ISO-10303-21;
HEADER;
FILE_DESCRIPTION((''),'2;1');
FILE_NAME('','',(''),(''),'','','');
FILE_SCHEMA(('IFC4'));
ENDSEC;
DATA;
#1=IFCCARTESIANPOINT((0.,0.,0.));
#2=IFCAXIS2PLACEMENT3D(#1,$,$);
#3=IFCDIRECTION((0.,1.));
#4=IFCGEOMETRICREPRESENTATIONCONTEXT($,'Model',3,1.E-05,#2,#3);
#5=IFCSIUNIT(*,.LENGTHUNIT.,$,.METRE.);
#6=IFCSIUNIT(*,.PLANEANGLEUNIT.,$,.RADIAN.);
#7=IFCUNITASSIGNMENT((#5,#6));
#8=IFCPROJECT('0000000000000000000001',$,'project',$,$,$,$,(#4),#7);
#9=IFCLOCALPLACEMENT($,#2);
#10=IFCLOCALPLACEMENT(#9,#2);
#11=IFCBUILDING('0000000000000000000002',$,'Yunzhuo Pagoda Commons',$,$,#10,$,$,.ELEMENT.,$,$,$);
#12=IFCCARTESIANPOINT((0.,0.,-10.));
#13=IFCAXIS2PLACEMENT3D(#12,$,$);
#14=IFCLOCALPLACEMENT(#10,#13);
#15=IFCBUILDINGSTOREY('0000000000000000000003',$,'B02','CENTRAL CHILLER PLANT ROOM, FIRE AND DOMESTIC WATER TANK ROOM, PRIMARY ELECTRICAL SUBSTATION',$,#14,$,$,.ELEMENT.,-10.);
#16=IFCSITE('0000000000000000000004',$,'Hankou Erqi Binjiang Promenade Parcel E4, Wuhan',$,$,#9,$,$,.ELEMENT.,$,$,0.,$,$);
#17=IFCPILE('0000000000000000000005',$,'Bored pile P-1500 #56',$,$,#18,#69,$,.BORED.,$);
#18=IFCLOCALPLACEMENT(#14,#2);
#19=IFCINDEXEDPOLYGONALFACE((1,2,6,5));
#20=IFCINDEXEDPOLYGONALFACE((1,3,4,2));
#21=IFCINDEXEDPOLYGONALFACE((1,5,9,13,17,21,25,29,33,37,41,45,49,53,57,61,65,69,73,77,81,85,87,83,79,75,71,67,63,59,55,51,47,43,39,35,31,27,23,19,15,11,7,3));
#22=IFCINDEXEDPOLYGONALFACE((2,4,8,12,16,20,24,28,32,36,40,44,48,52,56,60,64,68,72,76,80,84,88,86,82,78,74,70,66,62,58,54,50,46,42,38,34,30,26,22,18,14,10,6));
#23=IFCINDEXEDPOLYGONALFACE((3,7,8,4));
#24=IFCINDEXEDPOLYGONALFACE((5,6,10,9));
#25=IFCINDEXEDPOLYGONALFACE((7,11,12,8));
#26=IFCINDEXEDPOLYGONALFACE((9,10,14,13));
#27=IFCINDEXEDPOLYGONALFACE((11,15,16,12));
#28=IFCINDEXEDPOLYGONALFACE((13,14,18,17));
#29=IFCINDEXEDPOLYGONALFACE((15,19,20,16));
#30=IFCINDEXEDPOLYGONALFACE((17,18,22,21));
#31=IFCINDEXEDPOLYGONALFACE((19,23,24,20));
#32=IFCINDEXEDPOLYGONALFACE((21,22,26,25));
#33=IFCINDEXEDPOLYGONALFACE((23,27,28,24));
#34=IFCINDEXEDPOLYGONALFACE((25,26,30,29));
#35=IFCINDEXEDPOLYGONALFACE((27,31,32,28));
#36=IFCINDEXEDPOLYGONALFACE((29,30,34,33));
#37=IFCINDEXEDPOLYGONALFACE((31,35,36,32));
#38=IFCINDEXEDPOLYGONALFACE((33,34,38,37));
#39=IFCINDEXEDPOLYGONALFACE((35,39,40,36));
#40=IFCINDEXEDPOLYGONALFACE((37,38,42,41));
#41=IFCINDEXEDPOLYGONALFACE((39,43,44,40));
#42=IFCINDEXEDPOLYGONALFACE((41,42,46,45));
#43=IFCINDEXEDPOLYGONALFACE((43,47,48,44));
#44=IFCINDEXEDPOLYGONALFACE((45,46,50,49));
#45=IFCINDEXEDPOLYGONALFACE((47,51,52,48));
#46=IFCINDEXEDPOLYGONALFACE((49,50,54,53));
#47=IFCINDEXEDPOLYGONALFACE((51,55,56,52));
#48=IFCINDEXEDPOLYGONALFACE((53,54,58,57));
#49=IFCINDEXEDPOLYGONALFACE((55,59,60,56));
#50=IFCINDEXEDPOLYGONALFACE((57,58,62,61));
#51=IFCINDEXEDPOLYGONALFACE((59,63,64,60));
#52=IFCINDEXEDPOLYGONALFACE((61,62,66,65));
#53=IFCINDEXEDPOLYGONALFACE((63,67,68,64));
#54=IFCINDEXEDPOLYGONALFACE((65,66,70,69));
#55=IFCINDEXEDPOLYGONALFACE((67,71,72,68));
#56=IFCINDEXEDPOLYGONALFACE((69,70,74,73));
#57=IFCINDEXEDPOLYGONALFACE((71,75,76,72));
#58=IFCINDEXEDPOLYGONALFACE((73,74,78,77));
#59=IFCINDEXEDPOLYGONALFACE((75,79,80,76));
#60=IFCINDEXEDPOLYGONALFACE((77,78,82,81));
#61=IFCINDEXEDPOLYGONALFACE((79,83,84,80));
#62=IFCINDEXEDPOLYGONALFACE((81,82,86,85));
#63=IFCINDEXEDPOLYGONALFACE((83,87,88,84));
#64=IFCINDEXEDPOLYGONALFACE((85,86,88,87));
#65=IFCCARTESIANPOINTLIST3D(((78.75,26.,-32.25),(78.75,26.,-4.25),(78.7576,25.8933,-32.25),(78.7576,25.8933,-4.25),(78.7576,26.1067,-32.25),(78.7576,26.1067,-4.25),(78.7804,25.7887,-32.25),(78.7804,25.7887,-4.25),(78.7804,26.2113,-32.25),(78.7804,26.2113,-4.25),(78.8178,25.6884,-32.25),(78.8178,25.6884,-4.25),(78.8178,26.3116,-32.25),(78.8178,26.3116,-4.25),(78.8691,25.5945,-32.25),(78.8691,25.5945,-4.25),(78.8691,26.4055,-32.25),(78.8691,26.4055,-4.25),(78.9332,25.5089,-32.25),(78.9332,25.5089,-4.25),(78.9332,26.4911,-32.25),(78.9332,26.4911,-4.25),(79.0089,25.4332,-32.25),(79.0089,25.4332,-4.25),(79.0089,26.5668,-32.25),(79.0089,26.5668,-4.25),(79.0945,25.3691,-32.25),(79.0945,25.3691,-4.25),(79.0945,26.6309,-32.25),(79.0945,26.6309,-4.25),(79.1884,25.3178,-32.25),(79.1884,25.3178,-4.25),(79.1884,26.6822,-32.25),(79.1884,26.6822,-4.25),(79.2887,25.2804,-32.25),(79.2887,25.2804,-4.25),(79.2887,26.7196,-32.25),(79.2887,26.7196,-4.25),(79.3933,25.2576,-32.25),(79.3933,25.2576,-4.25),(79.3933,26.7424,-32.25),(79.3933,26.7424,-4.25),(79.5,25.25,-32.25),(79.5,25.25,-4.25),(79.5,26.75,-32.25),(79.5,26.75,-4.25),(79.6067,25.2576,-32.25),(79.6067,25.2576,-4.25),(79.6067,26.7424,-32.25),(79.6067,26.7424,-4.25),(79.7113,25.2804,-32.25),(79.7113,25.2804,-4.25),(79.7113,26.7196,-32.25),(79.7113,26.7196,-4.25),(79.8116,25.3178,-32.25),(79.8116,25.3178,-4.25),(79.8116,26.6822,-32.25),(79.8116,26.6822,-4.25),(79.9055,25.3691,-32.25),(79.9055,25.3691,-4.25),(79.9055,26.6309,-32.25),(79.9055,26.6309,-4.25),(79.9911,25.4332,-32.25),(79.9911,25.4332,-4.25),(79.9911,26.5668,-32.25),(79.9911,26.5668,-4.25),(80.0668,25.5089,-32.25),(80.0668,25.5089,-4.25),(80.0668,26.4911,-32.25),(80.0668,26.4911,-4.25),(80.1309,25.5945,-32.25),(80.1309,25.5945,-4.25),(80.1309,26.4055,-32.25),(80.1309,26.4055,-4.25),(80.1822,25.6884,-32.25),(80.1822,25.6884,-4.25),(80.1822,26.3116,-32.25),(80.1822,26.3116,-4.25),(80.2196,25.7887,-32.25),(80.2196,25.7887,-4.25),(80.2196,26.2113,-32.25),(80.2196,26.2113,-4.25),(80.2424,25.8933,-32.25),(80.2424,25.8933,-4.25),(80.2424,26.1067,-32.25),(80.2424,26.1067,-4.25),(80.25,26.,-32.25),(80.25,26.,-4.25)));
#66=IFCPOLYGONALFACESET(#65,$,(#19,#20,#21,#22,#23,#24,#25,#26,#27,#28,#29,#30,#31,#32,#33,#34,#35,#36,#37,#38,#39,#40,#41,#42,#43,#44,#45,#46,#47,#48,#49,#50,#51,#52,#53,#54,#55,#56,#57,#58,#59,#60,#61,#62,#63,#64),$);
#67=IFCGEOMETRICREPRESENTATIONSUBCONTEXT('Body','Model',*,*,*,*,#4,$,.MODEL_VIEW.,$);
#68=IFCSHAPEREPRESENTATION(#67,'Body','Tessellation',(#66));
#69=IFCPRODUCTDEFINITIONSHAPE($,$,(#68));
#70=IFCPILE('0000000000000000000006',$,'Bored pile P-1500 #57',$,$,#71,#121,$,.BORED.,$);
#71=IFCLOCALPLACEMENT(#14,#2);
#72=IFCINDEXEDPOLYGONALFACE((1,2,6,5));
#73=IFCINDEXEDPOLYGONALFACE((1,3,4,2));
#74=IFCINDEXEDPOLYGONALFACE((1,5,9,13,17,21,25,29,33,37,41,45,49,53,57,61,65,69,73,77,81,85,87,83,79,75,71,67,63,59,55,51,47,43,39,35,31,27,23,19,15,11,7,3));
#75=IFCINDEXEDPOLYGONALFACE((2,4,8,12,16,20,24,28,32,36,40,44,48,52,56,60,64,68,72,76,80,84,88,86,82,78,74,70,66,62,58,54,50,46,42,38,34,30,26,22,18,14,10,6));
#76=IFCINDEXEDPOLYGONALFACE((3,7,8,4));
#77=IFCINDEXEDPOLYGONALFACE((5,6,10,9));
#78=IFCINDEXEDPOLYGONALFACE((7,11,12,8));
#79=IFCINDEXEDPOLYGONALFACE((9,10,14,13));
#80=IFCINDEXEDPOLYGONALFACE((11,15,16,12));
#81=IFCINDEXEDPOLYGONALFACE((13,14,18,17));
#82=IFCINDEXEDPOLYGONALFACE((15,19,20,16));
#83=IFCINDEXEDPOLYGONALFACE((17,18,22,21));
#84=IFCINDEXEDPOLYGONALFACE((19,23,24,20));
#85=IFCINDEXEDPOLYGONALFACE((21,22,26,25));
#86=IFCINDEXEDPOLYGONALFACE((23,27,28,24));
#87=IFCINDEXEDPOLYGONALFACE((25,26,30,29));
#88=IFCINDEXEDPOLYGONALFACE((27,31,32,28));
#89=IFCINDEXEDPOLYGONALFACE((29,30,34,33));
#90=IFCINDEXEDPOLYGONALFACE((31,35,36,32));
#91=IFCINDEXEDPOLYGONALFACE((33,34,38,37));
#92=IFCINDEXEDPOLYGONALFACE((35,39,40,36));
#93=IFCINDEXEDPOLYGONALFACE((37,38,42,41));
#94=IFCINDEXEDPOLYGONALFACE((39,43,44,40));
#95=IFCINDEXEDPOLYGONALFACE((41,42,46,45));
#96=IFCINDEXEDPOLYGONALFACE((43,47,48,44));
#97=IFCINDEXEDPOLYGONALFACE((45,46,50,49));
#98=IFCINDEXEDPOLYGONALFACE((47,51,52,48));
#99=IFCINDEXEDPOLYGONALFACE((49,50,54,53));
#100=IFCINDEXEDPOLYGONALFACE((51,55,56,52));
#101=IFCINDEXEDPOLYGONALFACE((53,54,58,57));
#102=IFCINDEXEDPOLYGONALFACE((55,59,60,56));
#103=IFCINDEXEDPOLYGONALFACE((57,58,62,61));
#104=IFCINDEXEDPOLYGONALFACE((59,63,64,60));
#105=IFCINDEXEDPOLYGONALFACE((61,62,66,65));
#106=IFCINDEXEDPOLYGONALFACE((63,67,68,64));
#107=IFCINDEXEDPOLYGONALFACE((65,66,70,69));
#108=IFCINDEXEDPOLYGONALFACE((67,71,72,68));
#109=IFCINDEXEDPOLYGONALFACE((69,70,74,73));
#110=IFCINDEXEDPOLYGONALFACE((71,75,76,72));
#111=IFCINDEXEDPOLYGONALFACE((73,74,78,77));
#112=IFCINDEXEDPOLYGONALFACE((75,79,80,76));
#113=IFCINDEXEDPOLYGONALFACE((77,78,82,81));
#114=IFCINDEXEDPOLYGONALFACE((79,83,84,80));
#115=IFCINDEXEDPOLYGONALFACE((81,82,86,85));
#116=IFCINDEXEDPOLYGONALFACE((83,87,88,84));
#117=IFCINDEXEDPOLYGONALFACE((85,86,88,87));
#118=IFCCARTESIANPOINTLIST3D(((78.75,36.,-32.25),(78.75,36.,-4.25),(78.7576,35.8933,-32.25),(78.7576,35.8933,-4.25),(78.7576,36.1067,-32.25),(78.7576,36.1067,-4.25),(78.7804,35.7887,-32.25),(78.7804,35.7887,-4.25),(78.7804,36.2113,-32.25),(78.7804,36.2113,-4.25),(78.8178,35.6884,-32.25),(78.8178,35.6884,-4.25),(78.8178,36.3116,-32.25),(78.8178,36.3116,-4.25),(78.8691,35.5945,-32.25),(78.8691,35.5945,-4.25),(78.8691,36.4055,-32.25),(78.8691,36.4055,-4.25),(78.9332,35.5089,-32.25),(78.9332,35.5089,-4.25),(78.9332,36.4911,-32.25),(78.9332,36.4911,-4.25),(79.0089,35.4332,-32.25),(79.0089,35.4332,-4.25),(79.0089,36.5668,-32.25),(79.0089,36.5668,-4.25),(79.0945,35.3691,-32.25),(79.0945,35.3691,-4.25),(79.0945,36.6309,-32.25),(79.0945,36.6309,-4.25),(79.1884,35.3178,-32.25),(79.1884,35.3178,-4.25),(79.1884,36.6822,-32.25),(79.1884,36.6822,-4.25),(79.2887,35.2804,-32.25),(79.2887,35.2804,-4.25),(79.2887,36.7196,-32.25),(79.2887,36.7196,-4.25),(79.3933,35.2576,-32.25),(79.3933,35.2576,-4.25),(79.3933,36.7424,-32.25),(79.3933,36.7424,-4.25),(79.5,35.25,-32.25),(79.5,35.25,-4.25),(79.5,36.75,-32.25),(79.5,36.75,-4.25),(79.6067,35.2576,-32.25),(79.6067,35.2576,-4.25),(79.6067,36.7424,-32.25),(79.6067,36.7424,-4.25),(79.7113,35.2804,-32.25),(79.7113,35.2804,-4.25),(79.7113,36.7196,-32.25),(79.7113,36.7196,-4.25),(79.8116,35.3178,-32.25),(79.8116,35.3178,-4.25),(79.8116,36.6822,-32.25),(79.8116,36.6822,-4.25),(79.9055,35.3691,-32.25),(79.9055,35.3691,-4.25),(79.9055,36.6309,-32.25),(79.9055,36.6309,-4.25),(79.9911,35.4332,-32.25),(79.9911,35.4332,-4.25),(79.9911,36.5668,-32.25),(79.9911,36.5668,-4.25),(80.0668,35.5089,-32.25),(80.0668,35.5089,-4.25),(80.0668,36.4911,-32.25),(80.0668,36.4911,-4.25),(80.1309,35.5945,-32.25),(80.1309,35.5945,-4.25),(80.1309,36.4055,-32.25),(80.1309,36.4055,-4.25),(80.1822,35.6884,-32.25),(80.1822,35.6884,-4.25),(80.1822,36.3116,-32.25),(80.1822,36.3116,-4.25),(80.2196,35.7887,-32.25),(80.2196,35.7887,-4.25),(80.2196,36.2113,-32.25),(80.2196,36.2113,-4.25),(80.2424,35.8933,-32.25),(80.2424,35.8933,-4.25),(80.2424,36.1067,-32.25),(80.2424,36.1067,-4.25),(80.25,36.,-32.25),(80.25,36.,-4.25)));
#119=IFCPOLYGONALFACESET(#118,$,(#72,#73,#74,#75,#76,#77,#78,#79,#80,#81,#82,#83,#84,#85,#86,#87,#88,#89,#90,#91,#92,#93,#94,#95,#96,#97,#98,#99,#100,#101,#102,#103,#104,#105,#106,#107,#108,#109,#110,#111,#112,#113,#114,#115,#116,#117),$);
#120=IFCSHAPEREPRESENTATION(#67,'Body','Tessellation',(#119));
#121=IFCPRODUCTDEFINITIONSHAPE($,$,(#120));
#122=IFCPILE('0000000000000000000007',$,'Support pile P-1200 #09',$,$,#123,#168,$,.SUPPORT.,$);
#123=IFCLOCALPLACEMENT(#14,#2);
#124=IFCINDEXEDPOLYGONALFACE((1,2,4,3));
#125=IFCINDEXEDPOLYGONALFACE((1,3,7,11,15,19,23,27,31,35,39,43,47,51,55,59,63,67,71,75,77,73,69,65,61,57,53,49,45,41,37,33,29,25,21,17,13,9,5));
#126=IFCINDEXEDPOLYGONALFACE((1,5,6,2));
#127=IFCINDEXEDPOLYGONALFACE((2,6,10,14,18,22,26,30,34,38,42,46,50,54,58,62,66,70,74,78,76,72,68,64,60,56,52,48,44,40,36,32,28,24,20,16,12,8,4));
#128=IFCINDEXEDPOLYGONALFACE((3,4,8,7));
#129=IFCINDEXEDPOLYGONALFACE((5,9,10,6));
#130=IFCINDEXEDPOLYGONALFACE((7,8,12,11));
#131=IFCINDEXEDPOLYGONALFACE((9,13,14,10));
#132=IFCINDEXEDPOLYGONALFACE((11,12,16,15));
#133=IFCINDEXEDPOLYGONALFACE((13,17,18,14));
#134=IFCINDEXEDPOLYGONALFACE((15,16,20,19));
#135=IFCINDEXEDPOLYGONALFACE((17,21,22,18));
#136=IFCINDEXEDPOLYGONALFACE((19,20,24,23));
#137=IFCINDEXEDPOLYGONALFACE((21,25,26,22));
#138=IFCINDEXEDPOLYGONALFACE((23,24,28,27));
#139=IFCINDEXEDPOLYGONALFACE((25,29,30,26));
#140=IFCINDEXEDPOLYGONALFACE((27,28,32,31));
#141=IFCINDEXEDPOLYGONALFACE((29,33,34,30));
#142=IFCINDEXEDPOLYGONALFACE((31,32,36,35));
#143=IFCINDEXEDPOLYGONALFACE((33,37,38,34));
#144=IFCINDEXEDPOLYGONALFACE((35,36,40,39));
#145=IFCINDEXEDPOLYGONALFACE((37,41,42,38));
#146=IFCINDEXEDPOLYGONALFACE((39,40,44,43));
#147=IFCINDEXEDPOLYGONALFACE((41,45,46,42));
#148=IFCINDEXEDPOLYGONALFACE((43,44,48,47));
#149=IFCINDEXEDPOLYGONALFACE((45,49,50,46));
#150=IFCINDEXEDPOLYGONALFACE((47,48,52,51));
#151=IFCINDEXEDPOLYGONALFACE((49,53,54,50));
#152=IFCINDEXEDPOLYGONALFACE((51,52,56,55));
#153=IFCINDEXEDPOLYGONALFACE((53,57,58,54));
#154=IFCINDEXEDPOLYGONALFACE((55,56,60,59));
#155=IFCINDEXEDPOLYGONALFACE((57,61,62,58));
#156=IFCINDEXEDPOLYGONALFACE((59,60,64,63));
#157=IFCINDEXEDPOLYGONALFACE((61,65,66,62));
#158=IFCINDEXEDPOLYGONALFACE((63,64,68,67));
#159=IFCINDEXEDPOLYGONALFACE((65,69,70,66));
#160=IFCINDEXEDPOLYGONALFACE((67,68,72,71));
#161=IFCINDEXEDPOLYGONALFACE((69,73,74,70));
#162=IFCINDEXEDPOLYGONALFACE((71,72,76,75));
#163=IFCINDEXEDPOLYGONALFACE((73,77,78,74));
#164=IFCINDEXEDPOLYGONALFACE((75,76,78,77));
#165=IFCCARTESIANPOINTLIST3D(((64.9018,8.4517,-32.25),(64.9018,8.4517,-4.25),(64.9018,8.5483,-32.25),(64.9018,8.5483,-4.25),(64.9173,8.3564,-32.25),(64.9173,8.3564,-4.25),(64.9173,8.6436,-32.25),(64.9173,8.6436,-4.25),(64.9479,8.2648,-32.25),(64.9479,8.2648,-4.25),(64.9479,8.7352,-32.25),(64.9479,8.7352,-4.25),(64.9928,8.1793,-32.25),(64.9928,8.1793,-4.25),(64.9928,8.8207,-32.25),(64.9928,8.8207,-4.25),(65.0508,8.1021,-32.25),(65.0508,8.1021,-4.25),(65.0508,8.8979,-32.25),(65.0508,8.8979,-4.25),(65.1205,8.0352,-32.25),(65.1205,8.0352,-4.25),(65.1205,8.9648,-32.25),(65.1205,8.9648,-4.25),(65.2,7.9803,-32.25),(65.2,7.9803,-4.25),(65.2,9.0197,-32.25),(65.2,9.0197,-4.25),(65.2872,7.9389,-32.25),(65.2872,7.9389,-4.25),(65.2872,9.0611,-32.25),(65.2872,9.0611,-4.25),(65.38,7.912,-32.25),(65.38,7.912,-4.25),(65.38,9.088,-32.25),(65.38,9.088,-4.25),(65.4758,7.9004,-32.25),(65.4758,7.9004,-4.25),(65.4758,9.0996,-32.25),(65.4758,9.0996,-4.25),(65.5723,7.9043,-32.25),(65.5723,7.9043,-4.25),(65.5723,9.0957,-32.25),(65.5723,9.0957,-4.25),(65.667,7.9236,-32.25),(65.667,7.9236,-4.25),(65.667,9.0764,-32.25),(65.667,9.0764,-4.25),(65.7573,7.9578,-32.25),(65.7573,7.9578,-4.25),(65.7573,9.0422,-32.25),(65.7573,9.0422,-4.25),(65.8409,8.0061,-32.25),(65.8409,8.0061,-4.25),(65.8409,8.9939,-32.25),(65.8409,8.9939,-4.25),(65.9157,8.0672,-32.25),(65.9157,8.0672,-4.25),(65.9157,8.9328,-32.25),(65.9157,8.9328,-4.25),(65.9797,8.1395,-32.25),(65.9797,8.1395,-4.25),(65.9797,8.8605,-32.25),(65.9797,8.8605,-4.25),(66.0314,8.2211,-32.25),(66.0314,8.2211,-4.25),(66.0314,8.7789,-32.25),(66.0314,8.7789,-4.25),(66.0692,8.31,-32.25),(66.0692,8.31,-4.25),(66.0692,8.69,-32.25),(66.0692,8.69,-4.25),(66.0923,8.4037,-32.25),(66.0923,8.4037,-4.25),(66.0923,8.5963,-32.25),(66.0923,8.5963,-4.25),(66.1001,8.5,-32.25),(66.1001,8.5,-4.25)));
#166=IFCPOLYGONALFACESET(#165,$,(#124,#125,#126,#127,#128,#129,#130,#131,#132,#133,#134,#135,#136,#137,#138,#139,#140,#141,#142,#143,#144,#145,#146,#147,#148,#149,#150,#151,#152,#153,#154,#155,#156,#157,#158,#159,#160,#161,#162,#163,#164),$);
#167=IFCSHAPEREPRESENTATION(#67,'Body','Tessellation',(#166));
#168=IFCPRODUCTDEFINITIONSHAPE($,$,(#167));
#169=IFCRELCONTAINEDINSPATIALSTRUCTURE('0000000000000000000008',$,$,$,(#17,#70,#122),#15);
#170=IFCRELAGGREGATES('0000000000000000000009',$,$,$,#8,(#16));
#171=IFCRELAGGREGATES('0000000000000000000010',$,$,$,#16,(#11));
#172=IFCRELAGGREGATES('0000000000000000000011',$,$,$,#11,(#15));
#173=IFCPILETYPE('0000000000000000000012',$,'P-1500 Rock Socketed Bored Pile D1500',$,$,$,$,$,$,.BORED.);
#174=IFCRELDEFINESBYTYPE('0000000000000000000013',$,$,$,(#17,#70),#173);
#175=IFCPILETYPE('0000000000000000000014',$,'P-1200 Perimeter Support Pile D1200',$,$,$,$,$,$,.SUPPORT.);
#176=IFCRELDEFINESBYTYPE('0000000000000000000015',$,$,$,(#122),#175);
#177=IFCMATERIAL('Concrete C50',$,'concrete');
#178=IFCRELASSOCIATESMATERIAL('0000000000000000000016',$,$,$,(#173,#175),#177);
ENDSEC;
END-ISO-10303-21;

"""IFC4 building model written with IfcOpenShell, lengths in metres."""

from ifc_helpers import new_model, si_unit, direction, frame, origin, origin_2d, place, context, subcontext, project, spatial, circle, extrude, source, transform, mapped, material, material_profile, profile_set, type_object, element, save


model = new_model("IFC4")

# Units and contexts
model_context = context("Model", 3, precision=1e-05, world=origin(), true_north=direction((0.0, 1.0)))
body_context = subcontext(model_context, "Body", "Model", "MODEL_VIEW")
ifc_project = project(units=[si_unit("LENGTHUNIT", "METRE"), si_unit("PLANEANGLEUNIT", "RADIAN")], contexts=[model_context])

# Site, building, storey
site_placement = place(None, origin())
site = spatial("IfcSite", under=ifc_project, at=site_placement, Name="Hankou Erqi Binjiang Promenade Parcel E4, Wuhan", CompositionType="ELEMENT", RefElevation=0.0)
building_placement = place(site_placement, origin())
building = spatial("IfcBuilding", under=site, at=building_placement, Name="Yunzhuo Pagoda Commons", CompositionType="ELEMENT")
storey_placement = place(building_placement, frame((0.0, 0.0, -10.0)))
storey = spatial("IfcBuildingStorey", under=building, at=storey_placement, Name="B02", Description="CENTRAL CHILLER PLANT ROOM, FIRE AND DOMESTIC WATER TANK ROOM, PRIMARY ELECTRICAL SUBSTATION", CompositionType="ELEMENT", Elevation=-10.0)

# Piles
ifc_material_1 = material(Name="Concrete C50", Category="concrete")
ifc_material_profile_1 = material_profile(ifc_material_1, circle(Radius=0.75, at=origin_2d()), Name="Concrete C50")
ifc_profile_set_1 = profile_set([ifc_material_profile_1], Name="Concrete C50")
pile_type_1 = type_object("IfcPileType", Name="P-1500 Rock Socketed Bored Pile D1500", PredefinedType="BORED", material=ifc_profile_set_1)
shared_shape_1 = source(origin(), body_context, "Body", "SweptSolid", [
    extrude(circle(Radius=0.75, at=origin_2d()), origin(), (0.0, 0.0, 1.0), 28.0),
])
for number, where, z_axis, x_axis, name in (
    (1, (79.5, 26.0, -4.25), (0.0, 0.0, -1.0), (1.0, 0.0, 0.0), "Bored pile P-1500 #56"),
    (2, (79.5, 36.0, -4.25), (0.0, 0.0, -1.0), (1.0, 0.0, 0.0), "Bored pile P-1500 #57"),
):
    element("IfcPile", number, at=place(storey_placement, frame(where, z_axis=z_axis, x_axis=x_axis)), inside=storey, type_object=pile_type_1, Name=name, PredefinedType="BORED", context=body_context, shape_type="MappedRepresentation", body=[
        mapped(shared_shape_1, transform((0.0, 0.0, 0.0), scale=1.0)),
    ])
ifc_material_profile_2 = material_profile(ifc_material_1, circle(Radius=0.6001, at=origin_2d()), Name="Concrete C50")
ifc_profile_set_2 = profile_set([ifc_material_profile_2], Name="Concrete C50")
pile_type_2 = type_object("IfcPileType", Name="P-1200 Perimeter Support Pile D1200", PredefinedType="SUPPORT", material=ifc_profile_set_2)
shared_shape_2 = source(origin(), body_context, "Body", "SweptSolid", [
    extrude(circle(Radius=0.6001, at=origin_2d()), origin(), (0.0, 0.0, 1.0), 28.0),
])
for number, where, z_axis, x_axis, name in (
    (3, (65.5, 8.5, -4.25), (0.0, 0.0, -1.0), (1.0, 0.0, 0.0), "Support pile P-1200 #09"),
):
    element("IfcPile", number, at=place(storey_placement, frame(where, z_axis=z_axis, x_axis=x_axis)), inside=storey, type_object=pile_type_2, Name=name, PredefinedType="SUPPORT", context=body_context, shape_type="MappedRepresentation", body=[
        mapped(shared_shape_2, transform((0.0, 0.0, 0.0), scale=1.0)),
    ])

save(model, "model.ifc")
